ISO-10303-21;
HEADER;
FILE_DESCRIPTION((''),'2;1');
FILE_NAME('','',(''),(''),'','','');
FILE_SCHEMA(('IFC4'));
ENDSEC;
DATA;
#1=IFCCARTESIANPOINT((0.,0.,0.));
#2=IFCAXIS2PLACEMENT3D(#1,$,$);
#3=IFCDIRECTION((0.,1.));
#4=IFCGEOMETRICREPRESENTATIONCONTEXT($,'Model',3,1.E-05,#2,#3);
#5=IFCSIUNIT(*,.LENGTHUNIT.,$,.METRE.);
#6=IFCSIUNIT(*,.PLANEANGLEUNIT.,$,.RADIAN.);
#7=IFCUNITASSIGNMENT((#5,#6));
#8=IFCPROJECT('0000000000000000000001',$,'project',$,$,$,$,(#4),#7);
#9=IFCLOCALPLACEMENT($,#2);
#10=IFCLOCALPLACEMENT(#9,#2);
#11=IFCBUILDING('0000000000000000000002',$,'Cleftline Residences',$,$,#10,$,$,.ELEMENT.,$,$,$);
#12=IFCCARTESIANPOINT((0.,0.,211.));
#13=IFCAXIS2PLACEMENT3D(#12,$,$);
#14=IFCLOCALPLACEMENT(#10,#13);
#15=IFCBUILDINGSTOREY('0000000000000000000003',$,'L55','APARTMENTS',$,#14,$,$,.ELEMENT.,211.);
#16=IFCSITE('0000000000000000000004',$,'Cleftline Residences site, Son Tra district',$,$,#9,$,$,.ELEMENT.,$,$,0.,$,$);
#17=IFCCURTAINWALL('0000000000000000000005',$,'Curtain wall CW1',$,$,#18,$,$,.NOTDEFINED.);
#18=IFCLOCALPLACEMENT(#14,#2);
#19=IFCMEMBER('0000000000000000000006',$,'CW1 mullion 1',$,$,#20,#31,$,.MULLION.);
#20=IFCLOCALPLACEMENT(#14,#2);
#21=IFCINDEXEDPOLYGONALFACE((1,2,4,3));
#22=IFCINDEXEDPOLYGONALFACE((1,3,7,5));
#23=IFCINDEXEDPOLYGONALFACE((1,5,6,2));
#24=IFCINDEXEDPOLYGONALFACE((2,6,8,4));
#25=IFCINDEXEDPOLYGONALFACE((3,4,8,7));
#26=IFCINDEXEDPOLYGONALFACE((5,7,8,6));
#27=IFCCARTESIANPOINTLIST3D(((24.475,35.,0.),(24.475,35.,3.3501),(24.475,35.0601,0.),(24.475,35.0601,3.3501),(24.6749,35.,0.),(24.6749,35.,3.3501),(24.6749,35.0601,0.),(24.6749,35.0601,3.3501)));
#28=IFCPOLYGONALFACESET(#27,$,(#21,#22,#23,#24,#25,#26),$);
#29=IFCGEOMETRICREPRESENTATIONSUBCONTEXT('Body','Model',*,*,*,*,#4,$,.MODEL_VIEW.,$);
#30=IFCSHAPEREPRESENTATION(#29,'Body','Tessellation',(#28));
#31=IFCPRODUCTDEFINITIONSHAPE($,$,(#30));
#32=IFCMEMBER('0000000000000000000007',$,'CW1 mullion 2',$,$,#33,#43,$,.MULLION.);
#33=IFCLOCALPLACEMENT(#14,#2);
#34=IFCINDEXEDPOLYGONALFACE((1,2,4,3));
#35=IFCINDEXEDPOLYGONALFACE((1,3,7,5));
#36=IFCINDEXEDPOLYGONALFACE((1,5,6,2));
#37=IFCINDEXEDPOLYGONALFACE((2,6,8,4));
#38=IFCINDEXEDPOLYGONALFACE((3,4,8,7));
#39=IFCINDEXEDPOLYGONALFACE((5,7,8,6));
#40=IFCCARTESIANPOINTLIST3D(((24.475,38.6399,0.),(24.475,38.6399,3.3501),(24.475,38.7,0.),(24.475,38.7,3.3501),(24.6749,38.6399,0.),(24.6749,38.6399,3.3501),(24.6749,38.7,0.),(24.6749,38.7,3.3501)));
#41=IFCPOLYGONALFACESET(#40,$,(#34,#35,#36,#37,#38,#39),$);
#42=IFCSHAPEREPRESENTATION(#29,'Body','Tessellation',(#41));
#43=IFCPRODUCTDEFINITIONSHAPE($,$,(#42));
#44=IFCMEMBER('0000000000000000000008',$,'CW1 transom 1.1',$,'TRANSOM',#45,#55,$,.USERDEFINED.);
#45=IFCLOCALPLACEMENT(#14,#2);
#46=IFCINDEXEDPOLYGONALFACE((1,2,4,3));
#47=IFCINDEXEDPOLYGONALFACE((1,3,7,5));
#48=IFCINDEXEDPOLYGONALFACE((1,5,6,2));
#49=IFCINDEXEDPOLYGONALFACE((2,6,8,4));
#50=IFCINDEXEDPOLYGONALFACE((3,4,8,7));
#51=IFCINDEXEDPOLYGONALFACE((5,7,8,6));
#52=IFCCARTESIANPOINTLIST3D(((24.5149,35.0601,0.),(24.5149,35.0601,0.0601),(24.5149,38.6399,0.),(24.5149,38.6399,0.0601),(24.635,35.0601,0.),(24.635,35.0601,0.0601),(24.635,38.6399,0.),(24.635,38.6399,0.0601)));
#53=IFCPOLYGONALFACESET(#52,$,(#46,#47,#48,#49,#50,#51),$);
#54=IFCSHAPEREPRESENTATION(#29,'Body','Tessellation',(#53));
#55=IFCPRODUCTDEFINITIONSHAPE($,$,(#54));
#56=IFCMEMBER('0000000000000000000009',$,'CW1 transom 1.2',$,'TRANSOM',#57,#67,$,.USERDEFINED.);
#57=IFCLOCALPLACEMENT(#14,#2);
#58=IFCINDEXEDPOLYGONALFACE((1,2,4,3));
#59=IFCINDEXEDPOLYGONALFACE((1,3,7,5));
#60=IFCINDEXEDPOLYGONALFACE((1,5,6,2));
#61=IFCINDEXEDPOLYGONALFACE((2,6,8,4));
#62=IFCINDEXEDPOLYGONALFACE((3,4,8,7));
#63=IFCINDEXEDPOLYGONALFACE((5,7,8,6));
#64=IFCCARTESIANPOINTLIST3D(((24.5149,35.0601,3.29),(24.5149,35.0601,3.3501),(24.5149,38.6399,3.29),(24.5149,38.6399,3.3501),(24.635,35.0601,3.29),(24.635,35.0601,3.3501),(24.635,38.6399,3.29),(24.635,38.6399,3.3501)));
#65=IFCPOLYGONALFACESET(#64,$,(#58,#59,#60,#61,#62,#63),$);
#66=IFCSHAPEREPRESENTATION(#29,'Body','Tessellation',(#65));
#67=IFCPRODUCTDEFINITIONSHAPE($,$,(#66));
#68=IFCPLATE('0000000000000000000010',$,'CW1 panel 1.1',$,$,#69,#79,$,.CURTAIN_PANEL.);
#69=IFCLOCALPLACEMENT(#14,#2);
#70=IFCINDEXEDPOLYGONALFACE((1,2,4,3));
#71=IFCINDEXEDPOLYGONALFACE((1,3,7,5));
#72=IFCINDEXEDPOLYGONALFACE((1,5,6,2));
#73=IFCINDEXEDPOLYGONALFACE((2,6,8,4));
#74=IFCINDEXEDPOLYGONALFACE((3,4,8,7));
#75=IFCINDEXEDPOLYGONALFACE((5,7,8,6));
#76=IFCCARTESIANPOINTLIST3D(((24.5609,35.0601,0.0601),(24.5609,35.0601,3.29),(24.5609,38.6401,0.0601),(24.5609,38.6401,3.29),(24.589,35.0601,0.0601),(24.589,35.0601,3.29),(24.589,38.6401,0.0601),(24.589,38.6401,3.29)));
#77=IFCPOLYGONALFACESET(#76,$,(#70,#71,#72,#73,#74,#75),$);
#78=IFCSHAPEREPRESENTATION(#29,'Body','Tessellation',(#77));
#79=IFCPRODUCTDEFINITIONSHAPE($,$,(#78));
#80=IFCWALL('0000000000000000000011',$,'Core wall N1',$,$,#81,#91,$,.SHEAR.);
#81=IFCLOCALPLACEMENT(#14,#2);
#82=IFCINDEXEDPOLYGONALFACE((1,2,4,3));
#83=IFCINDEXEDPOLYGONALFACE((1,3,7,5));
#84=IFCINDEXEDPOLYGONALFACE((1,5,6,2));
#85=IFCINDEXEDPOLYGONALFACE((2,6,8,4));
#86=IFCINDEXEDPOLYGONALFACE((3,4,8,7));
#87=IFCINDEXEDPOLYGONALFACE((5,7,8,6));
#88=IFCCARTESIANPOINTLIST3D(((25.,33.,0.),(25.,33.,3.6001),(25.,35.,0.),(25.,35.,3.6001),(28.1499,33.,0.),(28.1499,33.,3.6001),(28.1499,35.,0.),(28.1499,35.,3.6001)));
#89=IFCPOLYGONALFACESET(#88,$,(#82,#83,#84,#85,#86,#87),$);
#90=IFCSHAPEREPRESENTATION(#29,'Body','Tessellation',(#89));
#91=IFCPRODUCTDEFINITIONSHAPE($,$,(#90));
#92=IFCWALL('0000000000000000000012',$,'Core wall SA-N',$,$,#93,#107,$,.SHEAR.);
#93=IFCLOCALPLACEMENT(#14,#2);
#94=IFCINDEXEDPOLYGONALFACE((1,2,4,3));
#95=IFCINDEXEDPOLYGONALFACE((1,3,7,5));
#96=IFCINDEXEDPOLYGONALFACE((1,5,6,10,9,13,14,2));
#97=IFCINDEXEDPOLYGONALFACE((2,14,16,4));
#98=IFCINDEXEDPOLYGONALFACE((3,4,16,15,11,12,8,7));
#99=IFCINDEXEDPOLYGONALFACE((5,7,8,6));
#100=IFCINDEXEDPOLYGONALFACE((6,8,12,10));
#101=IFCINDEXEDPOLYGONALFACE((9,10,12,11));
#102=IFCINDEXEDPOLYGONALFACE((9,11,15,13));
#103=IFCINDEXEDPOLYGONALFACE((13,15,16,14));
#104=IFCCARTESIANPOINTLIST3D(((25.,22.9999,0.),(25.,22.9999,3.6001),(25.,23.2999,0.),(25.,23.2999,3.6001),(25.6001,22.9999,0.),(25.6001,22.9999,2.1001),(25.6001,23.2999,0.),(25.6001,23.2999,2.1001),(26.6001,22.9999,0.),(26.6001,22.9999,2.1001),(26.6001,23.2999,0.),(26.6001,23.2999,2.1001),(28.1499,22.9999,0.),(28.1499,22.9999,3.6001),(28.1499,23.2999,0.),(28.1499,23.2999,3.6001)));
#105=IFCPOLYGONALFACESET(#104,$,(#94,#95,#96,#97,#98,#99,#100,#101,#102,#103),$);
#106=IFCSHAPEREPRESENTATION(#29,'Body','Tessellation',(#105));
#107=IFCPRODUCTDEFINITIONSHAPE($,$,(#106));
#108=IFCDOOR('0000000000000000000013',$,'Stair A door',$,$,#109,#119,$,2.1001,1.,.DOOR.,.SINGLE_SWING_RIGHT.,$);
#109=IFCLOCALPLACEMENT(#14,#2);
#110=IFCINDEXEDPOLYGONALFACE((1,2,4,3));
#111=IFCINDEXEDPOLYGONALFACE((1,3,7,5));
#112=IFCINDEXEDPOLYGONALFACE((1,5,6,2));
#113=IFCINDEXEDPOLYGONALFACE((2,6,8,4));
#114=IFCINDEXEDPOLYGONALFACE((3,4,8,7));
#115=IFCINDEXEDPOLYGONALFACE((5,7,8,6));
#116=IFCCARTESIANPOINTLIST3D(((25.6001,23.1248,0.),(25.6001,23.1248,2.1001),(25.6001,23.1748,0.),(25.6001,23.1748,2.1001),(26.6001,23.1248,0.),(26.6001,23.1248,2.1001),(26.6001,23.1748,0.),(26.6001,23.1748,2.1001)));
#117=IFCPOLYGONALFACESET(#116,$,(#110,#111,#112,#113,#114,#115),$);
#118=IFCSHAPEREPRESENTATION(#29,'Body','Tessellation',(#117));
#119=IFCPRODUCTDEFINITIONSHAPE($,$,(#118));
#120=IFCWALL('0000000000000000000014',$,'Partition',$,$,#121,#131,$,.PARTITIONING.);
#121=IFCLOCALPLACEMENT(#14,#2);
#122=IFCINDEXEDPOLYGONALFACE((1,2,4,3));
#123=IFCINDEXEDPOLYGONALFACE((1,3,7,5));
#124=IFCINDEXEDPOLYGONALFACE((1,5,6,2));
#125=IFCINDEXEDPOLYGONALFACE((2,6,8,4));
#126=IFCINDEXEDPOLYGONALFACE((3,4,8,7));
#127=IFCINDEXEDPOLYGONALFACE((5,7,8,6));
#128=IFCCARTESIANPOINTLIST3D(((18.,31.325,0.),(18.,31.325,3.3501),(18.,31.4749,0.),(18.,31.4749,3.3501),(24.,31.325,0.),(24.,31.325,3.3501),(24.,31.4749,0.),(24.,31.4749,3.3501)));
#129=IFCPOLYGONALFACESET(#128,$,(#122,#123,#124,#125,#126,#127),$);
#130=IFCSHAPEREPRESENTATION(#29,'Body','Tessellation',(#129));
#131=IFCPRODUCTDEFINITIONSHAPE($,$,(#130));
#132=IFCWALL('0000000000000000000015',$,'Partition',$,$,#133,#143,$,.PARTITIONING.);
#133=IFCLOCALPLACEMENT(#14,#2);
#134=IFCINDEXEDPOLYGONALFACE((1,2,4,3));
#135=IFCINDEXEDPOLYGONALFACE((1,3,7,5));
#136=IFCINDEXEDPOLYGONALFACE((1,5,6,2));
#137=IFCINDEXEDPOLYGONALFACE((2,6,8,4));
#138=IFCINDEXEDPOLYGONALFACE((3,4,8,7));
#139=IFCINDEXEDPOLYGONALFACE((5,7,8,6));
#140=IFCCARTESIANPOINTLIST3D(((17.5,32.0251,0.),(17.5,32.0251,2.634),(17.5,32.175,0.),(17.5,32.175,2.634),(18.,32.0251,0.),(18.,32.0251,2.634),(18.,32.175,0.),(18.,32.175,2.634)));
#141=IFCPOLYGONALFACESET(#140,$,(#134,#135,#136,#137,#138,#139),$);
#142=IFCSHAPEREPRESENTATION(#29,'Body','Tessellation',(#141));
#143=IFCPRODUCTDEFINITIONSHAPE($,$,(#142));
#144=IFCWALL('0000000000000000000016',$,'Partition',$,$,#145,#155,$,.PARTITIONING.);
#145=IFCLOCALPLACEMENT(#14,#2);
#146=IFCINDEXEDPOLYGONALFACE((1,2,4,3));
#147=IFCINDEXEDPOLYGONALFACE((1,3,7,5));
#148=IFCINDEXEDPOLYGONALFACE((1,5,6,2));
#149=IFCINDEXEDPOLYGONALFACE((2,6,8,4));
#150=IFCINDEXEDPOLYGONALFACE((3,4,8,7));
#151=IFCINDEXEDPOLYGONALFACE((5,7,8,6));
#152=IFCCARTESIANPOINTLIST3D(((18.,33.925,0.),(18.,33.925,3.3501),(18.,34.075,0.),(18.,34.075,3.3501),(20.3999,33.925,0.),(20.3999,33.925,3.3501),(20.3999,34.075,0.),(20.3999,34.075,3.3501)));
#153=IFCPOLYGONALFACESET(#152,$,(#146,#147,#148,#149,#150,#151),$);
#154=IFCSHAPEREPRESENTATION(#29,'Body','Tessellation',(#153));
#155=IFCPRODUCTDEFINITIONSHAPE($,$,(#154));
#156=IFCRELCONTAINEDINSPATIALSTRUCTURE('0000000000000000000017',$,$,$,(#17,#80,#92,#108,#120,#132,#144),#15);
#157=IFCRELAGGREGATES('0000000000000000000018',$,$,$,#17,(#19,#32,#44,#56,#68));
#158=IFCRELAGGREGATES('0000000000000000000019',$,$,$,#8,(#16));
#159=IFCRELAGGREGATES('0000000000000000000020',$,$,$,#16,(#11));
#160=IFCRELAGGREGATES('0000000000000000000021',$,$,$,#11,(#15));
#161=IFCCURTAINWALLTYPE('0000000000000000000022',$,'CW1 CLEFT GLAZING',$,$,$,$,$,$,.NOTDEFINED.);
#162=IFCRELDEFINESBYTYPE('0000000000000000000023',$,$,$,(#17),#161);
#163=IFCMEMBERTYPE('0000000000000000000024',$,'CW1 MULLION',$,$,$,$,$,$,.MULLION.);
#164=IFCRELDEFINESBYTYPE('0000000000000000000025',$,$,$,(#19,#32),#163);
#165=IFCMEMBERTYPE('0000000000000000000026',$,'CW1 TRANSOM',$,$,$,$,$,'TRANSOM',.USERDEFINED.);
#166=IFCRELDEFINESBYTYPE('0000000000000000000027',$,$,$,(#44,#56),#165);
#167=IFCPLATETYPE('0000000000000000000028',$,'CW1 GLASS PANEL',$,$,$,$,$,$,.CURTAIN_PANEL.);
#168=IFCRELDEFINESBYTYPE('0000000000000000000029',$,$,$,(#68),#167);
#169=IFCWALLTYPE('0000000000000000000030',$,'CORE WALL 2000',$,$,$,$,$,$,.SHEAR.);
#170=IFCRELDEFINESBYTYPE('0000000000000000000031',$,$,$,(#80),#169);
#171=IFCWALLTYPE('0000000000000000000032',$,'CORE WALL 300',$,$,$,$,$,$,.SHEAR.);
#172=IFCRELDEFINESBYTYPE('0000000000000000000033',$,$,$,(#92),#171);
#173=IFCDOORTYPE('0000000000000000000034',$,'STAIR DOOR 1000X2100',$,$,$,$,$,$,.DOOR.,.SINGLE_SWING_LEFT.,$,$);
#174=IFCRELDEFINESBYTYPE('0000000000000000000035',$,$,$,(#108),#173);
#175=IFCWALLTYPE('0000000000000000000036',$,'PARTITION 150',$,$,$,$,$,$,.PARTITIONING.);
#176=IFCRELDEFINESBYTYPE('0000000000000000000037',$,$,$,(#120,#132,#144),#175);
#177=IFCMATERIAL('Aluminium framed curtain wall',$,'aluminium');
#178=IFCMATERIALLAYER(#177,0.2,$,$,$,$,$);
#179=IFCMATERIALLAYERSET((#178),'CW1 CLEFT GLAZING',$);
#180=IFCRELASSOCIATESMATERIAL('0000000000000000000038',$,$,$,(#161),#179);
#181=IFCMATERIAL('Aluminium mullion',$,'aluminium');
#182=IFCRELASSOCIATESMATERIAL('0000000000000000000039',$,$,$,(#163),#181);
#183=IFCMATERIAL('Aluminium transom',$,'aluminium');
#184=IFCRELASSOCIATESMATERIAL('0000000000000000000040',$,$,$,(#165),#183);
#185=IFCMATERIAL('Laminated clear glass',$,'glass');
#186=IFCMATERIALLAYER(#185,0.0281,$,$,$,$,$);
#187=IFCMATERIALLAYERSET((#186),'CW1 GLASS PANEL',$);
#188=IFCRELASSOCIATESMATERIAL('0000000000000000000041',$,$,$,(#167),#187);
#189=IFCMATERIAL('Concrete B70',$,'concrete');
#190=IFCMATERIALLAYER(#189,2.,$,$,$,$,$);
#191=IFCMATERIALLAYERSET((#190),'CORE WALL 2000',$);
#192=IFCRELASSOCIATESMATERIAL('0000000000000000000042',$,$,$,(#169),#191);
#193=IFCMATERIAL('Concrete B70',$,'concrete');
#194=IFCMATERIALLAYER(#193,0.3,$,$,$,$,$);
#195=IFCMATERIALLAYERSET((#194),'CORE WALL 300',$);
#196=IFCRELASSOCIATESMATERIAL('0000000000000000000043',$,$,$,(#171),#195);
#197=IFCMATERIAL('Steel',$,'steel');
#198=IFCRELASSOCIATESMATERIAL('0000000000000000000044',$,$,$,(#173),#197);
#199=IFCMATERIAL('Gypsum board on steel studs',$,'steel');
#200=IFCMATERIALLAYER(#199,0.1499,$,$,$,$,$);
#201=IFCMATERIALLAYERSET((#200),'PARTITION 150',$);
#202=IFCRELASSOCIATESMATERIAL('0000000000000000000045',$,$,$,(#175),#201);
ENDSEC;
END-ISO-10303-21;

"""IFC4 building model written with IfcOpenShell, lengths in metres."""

from ifc_helpers import new_model, si_unit, direction, frame, frame_2d, origin, origin_2d, place, context, subcontext, project, spatial, rectangle, extrude, material, layer, layer_set, material_profile, profile_set, type_object, element, fill, aggregate, save


model = new_model("IFC4")

# Units and contexts
model_context = context("Model", 3, precision=1e-05, world=origin(), true_north=direction((0.0, 1.0)))
body_context = subcontext(model_context, "Body", "Model", "MODEL_VIEW")
ifc_project = project(units=[si_unit("LENGTHUNIT", "METRE"), si_unit("PLANEANGLEUNIT", "RADIAN")], contexts=[model_context])

# Site, building, storey
site_placement = place(None, origin())
site = spatial("IfcSite", under=ifc_project, at=site_placement, Name="Cleftline Residences site, Son Tra district", CompositionType="ELEMENT", RefElevation=0.0)
building_placement = place(site_placement, origin())
building = spatial("IfcBuilding", under=site, at=building_placement, Name="Cleftline Residences", CompositionType="ELEMENT")
storey_placement = place(building_placement, frame((0.0, 0.0, 211.0)))
storey = spatial("IfcBuildingStorey", under=building, at=storey_placement, Name="L55", Description="APARTMENTS", CompositionType="ELEMENT", Elevation=211.0)

# Curtain wall, members, plate
ifc_material_1 = material(Name="Aluminium framed curtain wall", Category="aluminium")
ifc_layer_1 = layer(ifc_material_1, 0.2)
ifc_layer_set_1 = layer_set([ifc_layer_1], Name="CW1 CLEFT GLAZING")
curtain_wall_type = type_object("IfcCurtainWallType", Name="CW1 CLEFT GLAZING", PredefinedType="NOTDEFINED", material=ifc_layer_set_1)
curtain_wall_placement = place(storey_placement, origin())
curtain_wall = element("IfcCurtainWall", 1, at=curtain_wall_placement, inside=storey, type_object=curtain_wall_type, Name="Curtain wall CW1", PredefinedType="NOTDEFINED")
ifc_material_2 = material(Name="Aluminium mullion", Category="aluminium")
ifc_material_profile_1 = material_profile(ifc_material_2, rectangle(XDim=0.2, YDim=0.0601, at=origin_2d()))
ifc_profile_set_1 = profile_set([ifc_material_profile_1], Name="Aluminium mullion")
member_type_1 = type_object("IfcMemberType", Name="CW1 MULLION", PredefinedType="MULLION", material=ifc_profile_set_1)
member_1_placement = place(storey_placement, frame((24.575, 35.03, 0.0), z_axis=(0.0, 0.0, 1.0), x_axis=(-1.0, 0.0, 0.0)))
member_1 = element("IfcMember", 2, at=member_1_placement, type_object=member_type_1, Name="CW1 mullion 1", PredefinedType="MULLION", context=body_context, shape_type="SweptSolid", body=[
    extrude(rectangle(XDim=0.2, YDim=0.0601, at=origin_2d()), origin(), (0.0, 0.0, 1.0), 3.3501),
])
member_2_placement = place(storey_placement, frame((24.575, 38.6699, 0.0), z_axis=(0.0, 0.0, 1.0), x_axis=(-1.0, 0.0, 0.0)))
member_2 = element("IfcMember", 3, at=member_2_placement, type_object=member_type_1, Name="CW1 mullion 2", PredefinedType="MULLION", context=body_context, shape_type="SweptSolid", body=[
    extrude(rectangle(XDim=0.2, YDim=0.0601, at=origin_2d()), origin(), (0.0, 0.0, 1.0), 3.3501),
])
ifc_material_3 = material(Name="Aluminium transom", Category="aluminium")
ifc_material_profile_2 = material_profile(ifc_material_3, rectangle(XDim=0.1201, YDim=0.0601, at=origin_2d()))
ifc_profile_set_2 = profile_set([ifc_material_profile_2], Name="Aluminium transom")
member_type_2 = type_object("IfcMemberType", Name="CW1 TRANSOM", ElementType="TRANSOM", PredefinedType="USERDEFINED", material=ifc_profile_set_2)
member_3_placement = place(storey_placement, frame((24.575, 35.0601, 0.03), z_axis=(0.0, 1.0, 0.0), x_axis=(-1.0, 0.0, 0.0)))
member_3 = element("IfcMember", 4, at=member_3_placement, type_object=member_type_2, Name="CW1 transom 1.1", ObjectType="TRANSOM", PredefinedType="USERDEFINED", context=body_context, shape_type="SweptSolid", body=[
    extrude(rectangle(XDim=0.1201, YDim=0.0601, at=origin_2d()), origin(), (0.0, 0.0, 1.0), 3.5798),
])
member_4_placement = place(storey_placement, frame((24.575, 35.0601, 3.3201), z_axis=(0.0, 1.0, 0.0), x_axis=(-1.0, 0.0, 0.0)))
member_4 = element("IfcMember", 5, at=member_4_placement, type_object=member_type_2, Name="CW1 transom 1.2", ObjectType="TRANSOM", PredefinedType="USERDEFINED", context=body_context, shape_type="SweptSolid", body=[
    extrude(rectangle(XDim=0.1201, YDim=0.0601, at=origin_2d()), origin(), (0.0, 0.0, 1.0), 3.5798),
])
ifc_material_4 = material(Name="Laminated clear glass", Category="glass")
ifc_layer_2 = layer(ifc_material_4, 0.0281)
ifc_layer_set_2 = layer_set([ifc_layer_2], Name="CW1 GLASS PANEL")
plate_type = type_object("IfcPlateType", Name="CW1 GLASS PANEL", PredefinedType="CURTAIN_PANEL", material=ifc_layer_set_2)
plate_placement = place(storey_placement, frame((24.575, 36.8501, 0.0601), z_axis=(0.0, 0.0, 1.0), x_axis=(0.0, 1.0, 0.0)))
plate = element("IfcPlate", 6, at=plate_placement, type_object=plate_type, Name="CW1 panel 1.1", PredefinedType="CURTAIN_PANEL", context=body_context, shape_type="SweptSolid", body=[
    extrude(rectangle(XDim=3.5801, YDim=0.0281, at=origin_2d()), origin(), (0.0, 0.0, 1.0), 3.23),
])
aggregate(curtain_wall, [member_1, member_2, member_3, member_4, plate])

# Wall
ifc_material_5 = material(Name="Concrete B70", Category="concrete")
ifc_layer_3 = layer(ifc_material_5, 2.0)
ifc_layer_set_3 = layer_set([ifc_layer_3], Name="CORE WALL 2000")
wall_type_1 = type_object("IfcWallType", Name="CORE WALL 2000", PredefinedType="SHEAR", material=ifc_layer_set_3)
wall_1_placement = place(storey_placement, frame((25.0, 34.0, 0.0), z_axis=(0.0, 0.0, 1.0), x_axis=(1.0, 0.0, 0.0)))
element("IfcWall", 7, at=wall_1_placement, inside=storey, type_object=wall_type_1, Name="Core wall N1", PredefinedType="SHEAR", context=body_context, shape_type="SweptSolid", body=[
    extrude(rectangle(XDim=3.1499, YDim=2.0, at=frame_2d((1.575, 0.0))), origin(), (0.0, 0.0, 1.0), 3.6001),
])

# Wall, opening, door
ifc_material_6 = material(Name="Concrete B70", Category="concrete")
ifc_layer_4 = layer(ifc_material_6, 0.3)
ifc_layer_set_4 = layer_set([ifc_layer_4], Name="CORE WALL 300")
wall_type_2 = type_object("IfcWallType", Name="CORE WALL 300", PredefinedType="SHEAR", material=ifc_layer_set_4)
wall_2_placement = place(storey_placement, frame((25.0, 23.1499, 0.0), z_axis=(0.0, 0.0, 1.0), x_axis=(1.0, 0.0, 0.0)))
wall_2 = element("IfcWall", 8, at=wall_2_placement, inside=storey, type_object=wall_type_2, Name="Core wall SA-N", PredefinedType="SHEAR", context=body_context, shape_type="SweptSolid", body=[
    extrude(rectangle(XDim=3.1499, YDim=0.3, at=frame_2d((1.575, 0.0))), origin(), (0.0, 0.0, 1.0), 3.6001),
])
opening_1_placement = place(wall_2_placement, frame((0.6001, 0.0, 0.0)))
opening_1 = element("IfcOpeningElement", 9, at=opening_1_placement, cuts=wall_2, PredefinedType="OPENING", context=body_context, shape_type="SweptSolid", body=[
    extrude(rectangle(XDim=1.0, YDim=2.1001, at=frame_2d((0.5, 1.05))), frame((0.0, 0.1599, 0.0), z_axis=(0.0, -1.0, 0.0), x_axis=(1.0, 0.0, 0.0)), (0.0, 0.0, 1.0), 0.3201),
])
ifc_material_7 = material(Name="Steel", Category="steel")
door_type_1 = type_object("IfcDoorType", Name="STAIR DOOR 1000X2100", OperationType="SINGLE_SWING_LEFT", PredefinedType="DOOR", material=ifc_material_7)
door_1_placement = place(opening_1_placement, origin())
door_1 = element("IfcDoor", 10, at=door_1_placement, inside=storey, type_object=door_type_1, Name="Stair A door", OperationType="SINGLE_SWING_RIGHT", OverallHeight=2.1001, OverallWidth=1.0, PredefinedType="DOOR", context=body_context, shape_type="SweptSolid", body=[
    extrude(rectangle(XDim=1.0, YDim=2.1001, at=frame_2d((0.5, 1.05))), frame((0.0, 0.0249, 0.0), z_axis=(0.0, -1.0, 0.0), x_axis=(1.0, 0.0, 0.0)), (0.0, 0.0, 1.0), 0.05),
])
fill(opening_1, door_1)

# Walls
ifc_material_8 = material(Name="Gypsum board on steel studs", Category="steel")
ifc_layer_5 = layer(ifc_material_8, 0.1499)
ifc_layer_set_5 = layer_set([ifc_layer_5], Name="PARTITION 150")
wall_type_3 = type_object("IfcWallType", Name="PARTITION 150", PredefinedType="PARTITIONING", material=ifc_layer_set_5)
wall_3_placement = place(storey_placement, frame((18.0, 31.3999, 0.0), z_axis=(0.0, 0.0, 1.0), x_axis=(1.0, 0.0, 0.0)))
element("IfcWall", 11, at=wall_3_placement, inside=storey, type_object=wall_type_3, Name="Partition", PredefinedType="PARTITIONING", context=body_context, shape_type="SweptSolid", body=[
    extrude(rectangle(XDim=6.0, YDim=0.1499, at=frame_2d((3.0, 0.0))), origin(), (0.0, 0.0, 1.0), 3.3501),
])
wall_4_placement = place(storey_placement, frame((17.5, 32.1001, 0.0), z_axis=(0.0, 0.0, 1.0), x_axis=(1.0, 0.0, 0.0)))
element("IfcWall", 12, at=wall_4_placement, inside=storey, type_object=wall_type_3, Name="Partition", PredefinedType="PARTITIONING", context=body_context, shape_type="SweptSolid", body=[
    extrude(rectangle(XDim=0.5, YDim=0.1499, at=frame_2d((0.25, 0.0))), origin(), (0.0, 0.0, 1.0), 2.634),
])
wall_5_placement = place(storey_placement, frame((18.0, 34.0, 0.0), z_axis=(0.0, 0.0, 1.0), x_axis=(1.0, 0.0, 0.0)))
element("IfcWall", 13, at=wall_5_placement, inside=storey, type_object=wall_type_3, Name="Partition", PredefinedType="PARTITIONING", context=body_context, shape_type="SweptSolid", body=[
    extrude(rectangle(XDim=2.3999, YDim=0.1499, at=frame_2d((1.2, 0.0))), origin(), (0.0, 0.0, 1.0), 3.3501),
])

save(model, "model.ifc")
